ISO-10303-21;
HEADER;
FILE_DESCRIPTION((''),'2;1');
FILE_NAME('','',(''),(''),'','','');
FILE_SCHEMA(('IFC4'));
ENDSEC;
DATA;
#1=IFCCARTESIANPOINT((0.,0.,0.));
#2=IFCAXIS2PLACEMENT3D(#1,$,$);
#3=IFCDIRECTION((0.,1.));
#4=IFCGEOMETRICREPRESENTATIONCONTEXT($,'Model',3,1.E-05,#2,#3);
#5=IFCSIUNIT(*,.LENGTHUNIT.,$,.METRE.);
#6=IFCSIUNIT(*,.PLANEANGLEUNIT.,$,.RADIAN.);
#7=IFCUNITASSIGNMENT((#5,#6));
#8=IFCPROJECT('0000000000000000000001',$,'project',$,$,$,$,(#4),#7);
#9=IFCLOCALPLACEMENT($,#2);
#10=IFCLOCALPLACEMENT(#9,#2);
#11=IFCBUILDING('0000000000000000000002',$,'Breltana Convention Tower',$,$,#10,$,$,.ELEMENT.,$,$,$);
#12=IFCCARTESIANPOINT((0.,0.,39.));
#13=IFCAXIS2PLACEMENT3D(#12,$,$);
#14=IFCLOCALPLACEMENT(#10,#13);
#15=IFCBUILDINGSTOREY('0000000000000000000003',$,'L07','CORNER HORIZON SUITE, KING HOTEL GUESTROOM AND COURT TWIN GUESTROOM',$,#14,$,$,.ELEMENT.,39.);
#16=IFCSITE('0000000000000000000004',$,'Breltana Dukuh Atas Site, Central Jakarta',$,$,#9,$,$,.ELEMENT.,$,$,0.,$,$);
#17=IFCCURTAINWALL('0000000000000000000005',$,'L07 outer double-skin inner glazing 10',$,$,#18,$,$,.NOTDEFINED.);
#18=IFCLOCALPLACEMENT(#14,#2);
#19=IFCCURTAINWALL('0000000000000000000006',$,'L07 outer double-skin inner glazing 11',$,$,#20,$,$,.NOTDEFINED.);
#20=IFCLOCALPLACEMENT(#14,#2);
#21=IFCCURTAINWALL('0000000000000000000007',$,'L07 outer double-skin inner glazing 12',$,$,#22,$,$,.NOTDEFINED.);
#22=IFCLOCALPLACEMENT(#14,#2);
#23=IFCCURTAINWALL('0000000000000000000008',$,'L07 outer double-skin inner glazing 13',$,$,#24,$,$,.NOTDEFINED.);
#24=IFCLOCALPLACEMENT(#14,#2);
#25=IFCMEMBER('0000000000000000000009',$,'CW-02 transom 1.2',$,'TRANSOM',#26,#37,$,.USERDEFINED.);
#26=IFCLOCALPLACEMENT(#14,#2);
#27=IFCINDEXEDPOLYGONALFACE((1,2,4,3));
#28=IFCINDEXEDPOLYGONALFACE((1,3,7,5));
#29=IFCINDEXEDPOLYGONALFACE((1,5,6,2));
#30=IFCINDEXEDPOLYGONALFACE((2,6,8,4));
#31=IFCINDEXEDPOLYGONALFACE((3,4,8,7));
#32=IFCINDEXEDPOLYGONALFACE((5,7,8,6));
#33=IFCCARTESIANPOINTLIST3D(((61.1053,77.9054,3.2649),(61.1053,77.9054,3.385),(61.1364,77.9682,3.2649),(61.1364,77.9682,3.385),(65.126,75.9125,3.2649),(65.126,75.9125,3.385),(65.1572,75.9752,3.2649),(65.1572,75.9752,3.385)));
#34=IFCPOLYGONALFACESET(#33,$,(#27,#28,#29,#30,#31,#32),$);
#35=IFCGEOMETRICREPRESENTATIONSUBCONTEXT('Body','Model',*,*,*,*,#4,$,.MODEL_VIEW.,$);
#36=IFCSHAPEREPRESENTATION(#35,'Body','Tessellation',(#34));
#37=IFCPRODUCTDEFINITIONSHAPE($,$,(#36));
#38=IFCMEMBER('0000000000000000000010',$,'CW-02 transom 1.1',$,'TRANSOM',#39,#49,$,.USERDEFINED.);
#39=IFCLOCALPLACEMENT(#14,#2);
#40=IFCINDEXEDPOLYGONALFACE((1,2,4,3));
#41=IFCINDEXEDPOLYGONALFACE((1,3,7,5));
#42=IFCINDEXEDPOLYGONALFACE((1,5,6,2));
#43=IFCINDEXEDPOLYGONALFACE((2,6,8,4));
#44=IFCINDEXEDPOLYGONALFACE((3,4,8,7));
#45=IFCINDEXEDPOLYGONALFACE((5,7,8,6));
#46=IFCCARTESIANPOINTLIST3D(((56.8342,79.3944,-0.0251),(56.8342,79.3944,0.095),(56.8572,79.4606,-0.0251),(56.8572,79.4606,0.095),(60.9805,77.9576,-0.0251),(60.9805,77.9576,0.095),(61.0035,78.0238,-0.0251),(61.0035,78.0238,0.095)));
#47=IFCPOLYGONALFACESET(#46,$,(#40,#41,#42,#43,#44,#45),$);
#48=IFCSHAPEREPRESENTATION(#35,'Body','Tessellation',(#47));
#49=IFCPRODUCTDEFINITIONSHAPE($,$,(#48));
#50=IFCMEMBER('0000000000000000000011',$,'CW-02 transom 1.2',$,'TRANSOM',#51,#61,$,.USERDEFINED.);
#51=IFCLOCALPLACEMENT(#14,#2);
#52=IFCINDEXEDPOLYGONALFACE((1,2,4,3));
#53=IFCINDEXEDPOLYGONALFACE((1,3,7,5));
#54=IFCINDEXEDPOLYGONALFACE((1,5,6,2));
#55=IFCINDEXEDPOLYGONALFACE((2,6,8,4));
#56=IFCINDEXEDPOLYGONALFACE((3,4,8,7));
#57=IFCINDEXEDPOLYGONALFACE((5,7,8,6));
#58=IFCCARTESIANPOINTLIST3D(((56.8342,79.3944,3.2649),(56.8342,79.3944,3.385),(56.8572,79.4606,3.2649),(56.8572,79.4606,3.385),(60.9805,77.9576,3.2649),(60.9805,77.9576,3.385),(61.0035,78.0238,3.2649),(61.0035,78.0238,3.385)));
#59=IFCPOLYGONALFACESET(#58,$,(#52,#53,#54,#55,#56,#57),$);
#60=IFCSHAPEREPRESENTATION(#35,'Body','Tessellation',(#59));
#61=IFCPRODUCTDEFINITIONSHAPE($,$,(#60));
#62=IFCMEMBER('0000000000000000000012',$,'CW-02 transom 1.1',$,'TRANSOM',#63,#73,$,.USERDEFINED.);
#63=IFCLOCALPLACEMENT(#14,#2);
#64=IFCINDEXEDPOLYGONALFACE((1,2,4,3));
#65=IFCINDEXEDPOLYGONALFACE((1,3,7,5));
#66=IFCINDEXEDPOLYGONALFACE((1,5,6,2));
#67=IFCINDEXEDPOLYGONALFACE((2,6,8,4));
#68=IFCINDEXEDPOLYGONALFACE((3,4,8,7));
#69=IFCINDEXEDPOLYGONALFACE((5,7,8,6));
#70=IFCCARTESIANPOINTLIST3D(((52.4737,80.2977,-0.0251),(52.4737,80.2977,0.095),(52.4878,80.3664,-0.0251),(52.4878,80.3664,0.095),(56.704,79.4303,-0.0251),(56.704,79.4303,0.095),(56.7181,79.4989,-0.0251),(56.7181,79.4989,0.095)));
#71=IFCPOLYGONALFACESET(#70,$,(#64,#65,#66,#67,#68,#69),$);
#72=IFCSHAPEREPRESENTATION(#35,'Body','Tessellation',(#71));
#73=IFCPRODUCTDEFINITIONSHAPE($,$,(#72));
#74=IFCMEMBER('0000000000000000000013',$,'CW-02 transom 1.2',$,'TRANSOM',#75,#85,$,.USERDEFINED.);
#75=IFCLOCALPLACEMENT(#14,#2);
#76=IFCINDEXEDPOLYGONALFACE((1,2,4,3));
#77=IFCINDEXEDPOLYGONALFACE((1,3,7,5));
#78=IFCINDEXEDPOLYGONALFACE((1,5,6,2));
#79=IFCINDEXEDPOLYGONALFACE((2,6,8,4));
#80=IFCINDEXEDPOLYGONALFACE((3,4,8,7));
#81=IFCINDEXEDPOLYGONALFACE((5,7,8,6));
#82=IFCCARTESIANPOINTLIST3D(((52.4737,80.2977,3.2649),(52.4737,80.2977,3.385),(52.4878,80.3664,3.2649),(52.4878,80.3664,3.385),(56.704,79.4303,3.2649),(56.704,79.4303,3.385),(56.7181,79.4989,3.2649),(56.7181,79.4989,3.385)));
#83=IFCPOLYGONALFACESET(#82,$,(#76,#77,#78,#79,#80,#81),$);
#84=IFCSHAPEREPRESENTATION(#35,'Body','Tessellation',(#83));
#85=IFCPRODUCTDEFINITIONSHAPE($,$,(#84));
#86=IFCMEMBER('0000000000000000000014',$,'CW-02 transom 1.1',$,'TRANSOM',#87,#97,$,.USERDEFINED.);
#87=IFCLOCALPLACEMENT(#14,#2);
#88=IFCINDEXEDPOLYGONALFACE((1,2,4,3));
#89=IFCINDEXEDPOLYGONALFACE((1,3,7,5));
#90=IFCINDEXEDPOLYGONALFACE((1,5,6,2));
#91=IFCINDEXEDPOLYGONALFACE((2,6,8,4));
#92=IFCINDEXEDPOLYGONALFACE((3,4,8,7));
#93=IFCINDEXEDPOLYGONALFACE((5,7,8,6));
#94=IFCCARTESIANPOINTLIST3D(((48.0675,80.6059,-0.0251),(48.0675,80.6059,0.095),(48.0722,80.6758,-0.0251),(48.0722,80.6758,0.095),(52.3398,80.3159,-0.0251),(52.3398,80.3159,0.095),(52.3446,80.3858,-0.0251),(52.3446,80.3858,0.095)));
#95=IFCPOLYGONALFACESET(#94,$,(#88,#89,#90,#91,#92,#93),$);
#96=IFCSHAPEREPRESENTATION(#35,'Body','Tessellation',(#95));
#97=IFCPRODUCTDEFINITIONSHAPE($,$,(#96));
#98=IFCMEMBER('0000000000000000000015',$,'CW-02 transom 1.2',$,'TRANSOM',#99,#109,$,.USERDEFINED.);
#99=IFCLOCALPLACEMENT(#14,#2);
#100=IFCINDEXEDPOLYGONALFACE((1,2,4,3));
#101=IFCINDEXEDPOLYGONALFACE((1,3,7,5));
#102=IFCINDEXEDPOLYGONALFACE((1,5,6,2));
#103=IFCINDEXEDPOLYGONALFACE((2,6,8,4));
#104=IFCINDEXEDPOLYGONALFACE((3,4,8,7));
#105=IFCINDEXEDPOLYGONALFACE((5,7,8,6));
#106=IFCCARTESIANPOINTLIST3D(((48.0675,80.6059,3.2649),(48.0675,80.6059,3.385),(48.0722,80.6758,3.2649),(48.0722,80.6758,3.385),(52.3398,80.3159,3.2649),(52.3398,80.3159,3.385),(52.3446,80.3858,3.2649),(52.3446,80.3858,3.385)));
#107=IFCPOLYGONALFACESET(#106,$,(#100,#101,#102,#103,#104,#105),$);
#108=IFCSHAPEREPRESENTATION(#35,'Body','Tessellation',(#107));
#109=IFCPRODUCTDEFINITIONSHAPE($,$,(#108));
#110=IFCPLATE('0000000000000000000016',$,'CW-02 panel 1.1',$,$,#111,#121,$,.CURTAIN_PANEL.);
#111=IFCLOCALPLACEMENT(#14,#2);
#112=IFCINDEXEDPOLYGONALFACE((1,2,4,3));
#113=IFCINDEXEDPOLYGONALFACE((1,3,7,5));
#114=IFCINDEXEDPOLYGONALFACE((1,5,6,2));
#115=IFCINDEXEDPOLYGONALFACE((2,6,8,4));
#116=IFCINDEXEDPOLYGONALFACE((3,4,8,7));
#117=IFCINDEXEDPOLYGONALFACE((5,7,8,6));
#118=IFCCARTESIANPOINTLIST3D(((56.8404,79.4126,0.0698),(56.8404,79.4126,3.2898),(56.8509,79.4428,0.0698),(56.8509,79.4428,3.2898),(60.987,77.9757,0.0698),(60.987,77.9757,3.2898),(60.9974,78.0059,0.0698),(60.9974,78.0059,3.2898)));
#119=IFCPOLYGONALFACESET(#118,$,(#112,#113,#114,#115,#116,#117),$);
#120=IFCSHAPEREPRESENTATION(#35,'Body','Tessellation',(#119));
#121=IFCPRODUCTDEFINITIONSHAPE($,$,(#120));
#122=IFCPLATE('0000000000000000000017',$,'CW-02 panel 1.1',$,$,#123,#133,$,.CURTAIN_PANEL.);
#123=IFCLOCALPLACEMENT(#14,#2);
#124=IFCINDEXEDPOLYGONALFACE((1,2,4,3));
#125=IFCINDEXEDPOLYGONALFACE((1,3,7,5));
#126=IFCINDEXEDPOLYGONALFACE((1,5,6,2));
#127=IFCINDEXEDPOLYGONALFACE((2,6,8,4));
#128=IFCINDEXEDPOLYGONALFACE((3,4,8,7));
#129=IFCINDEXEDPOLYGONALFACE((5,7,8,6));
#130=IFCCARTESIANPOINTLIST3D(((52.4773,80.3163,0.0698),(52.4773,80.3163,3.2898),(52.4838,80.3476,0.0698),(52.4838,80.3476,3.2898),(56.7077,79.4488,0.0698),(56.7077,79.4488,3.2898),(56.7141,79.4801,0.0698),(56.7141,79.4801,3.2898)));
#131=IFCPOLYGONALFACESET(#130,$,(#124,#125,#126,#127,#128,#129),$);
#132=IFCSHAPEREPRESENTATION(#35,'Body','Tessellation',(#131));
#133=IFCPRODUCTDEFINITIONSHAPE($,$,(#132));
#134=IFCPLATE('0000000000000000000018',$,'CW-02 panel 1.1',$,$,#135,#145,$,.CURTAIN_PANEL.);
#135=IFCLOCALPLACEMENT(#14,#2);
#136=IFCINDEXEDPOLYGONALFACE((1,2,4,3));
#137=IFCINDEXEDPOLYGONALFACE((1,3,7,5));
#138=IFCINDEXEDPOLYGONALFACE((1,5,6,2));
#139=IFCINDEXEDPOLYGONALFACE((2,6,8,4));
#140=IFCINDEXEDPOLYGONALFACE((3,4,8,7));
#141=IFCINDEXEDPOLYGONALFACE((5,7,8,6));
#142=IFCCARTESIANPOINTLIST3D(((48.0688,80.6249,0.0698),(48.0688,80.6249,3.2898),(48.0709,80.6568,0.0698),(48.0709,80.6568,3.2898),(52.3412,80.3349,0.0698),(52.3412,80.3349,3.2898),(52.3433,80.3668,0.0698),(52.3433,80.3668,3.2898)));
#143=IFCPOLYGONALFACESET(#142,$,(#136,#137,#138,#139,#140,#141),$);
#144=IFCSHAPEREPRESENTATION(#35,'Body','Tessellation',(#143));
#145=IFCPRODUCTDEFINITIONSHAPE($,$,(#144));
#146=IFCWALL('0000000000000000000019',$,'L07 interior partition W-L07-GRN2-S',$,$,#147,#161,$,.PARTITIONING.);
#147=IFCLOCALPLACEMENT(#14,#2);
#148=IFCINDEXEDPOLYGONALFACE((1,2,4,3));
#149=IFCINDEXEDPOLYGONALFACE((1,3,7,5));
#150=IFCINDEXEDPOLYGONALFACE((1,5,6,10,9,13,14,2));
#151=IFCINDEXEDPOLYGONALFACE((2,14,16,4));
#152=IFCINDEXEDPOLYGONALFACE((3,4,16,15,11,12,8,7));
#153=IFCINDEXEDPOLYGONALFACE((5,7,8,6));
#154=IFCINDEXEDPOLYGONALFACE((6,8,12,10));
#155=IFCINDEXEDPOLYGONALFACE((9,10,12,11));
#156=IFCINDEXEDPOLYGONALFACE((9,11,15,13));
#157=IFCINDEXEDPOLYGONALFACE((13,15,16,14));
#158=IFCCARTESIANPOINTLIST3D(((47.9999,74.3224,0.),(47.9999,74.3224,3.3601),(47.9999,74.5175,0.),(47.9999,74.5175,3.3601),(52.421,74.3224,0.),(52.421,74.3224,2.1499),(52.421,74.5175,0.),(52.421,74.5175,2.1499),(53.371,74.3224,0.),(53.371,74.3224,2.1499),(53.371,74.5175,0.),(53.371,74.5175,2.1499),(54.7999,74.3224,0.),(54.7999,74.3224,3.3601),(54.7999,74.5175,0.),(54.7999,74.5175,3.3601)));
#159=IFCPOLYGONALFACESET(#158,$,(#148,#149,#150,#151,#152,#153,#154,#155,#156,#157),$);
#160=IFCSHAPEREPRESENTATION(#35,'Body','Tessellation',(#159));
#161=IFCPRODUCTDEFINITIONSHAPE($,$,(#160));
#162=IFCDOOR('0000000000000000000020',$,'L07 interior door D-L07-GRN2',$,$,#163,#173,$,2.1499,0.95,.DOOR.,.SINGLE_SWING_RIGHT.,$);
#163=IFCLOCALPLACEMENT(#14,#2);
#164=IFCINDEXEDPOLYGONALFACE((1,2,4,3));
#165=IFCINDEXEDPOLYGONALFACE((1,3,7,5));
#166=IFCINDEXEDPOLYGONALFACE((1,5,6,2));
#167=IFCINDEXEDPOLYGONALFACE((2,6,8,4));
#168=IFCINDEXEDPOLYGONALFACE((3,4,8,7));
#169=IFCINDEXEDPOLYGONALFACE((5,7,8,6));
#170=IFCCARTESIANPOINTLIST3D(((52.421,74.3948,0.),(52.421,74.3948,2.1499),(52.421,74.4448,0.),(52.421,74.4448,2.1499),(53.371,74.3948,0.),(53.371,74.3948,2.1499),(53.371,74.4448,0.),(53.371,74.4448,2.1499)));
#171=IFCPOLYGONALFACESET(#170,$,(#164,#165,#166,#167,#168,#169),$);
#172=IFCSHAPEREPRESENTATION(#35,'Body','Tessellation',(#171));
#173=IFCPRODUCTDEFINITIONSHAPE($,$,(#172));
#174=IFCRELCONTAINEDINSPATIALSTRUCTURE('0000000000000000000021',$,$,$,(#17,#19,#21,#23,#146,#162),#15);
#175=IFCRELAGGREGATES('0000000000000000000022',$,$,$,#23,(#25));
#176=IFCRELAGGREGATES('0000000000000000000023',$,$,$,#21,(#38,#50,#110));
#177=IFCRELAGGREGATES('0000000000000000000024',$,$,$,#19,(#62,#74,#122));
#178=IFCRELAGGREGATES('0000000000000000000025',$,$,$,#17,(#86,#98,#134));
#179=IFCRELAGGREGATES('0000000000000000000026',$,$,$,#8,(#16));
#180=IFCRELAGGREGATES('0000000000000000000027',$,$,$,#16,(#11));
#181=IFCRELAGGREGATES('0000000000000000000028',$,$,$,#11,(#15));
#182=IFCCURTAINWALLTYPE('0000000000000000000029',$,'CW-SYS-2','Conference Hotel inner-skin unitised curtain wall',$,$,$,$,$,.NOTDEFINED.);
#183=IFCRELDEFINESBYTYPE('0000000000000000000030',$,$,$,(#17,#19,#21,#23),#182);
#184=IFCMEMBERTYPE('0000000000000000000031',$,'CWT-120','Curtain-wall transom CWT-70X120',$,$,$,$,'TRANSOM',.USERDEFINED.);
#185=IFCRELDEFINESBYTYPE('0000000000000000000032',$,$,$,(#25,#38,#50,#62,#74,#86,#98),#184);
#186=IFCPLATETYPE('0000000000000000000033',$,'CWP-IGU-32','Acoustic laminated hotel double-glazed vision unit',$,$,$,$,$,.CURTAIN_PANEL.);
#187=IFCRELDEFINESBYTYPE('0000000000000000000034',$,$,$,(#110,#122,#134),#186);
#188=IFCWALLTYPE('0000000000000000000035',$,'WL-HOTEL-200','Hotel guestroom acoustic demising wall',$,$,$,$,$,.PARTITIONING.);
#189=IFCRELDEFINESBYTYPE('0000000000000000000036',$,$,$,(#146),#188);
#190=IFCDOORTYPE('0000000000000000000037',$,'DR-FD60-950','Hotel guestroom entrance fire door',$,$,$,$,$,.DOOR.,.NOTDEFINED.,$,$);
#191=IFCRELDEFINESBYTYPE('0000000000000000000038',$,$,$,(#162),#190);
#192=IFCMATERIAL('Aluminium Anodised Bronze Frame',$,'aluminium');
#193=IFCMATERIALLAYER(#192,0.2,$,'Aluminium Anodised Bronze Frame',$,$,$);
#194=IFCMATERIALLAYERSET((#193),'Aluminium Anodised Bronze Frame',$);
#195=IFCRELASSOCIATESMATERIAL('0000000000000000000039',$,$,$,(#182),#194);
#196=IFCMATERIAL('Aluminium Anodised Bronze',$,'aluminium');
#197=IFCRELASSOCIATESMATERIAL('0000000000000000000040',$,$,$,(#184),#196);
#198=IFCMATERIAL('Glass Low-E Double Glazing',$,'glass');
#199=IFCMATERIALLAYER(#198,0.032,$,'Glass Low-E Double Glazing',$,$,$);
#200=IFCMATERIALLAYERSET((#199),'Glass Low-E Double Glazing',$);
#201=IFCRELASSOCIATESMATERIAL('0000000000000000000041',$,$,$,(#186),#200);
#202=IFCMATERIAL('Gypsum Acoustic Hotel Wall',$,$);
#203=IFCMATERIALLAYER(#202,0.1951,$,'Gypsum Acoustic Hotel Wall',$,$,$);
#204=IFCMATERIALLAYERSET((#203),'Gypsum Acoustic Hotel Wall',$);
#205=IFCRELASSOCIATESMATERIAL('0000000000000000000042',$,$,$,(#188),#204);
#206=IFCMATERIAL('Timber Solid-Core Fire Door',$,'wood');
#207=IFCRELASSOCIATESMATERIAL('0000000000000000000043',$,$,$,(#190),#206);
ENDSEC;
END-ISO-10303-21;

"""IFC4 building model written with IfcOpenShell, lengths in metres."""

from ifc_helpers import new_model, si_unit, direction, frame, frame_2d, origin, origin_2d, place, context, subcontext, project, spatial, rectangle, extrude, source, transform, mapped, material, layer, layer_set, material_profile, profile_set, type_object, type_shapes, element, fill, aggregate, save


model = new_model("IFC4")

# Units and contexts
model_context = context("Model", 3, precision=1e-05, world=origin(), true_north=direction((0.0, 1.0)))
body_context = subcontext(model_context, "Body", "Model", "MODEL_VIEW")
ifc_project = project(units=[si_unit("LENGTHUNIT", "METRE"), si_unit("PLANEANGLEUNIT", "RADIAN")], contexts=[model_context])

# Site, building, storey
site_placement = place(None, origin())
site = spatial("IfcSite", under=ifc_project, at=site_placement, Name="Breltana Dukuh Atas Site, Central Jakarta", CompositionType="ELEMENT", RefElevation=0.0)
building_placement = place(site_placement, origin())
building = spatial("IfcBuilding", under=site, at=building_placement, Name="Breltana Convention Tower", CompositionType="ELEMENT")
storey_placement = place(building_placement, frame((0.0, 0.0, 39.0)))
storey = spatial("IfcBuildingStorey", under=building, at=storey_placement, Name="L07", Description="CORNER HORIZON SUITE, KING HOTEL GUESTROOM AND COURT TWIN GUESTROOM", CompositionType="ELEMENT", Elevation=39.0)

# Curtain walls, member
ifc_material_1 = material(Name="Aluminium Anodised Bronze Frame", Category="aluminium")
ifc_layer_1 = layer(ifc_material_1, 0.2, Name="Aluminium Anodised Bronze Frame")
ifc_layer_set_1 = layer_set([ifc_layer_1], Name="Aluminium Anodised Bronze Frame")
curtain_wall_type = type_object("IfcCurtainWallType", Name="CW-SYS-2", Description="Conference Hotel inner-skin unitised curtain wall", PredefinedType="NOTDEFINED", material=ifc_layer_set_1)
curtain_wall_1_placement = place(storey_placement, origin())
curtain_wall_1 = element("IfcCurtainWall", 1, at=curtain_wall_1_placement, inside=storey, type_object=curtain_wall_type, Name="L07 outer double-skin inner glazing 10", PredefinedType="NOTDEFINED")
ifc_material_2 = material(Name="Aluminium Anodised Bronze", Category="aluminium")
curtain_wall_2_placement = place(storey_placement, origin())
curtain_wall_2 = element("IfcCurtainWall", 2, at=curtain_wall_2_placement, inside=storey, type_object=curtain_wall_type, Name="L07 outer double-skin inner glazing 11", PredefinedType="NOTDEFINED")
curtain_wall_3_placement = place(storey_placement, origin())
curtain_wall_3 = element("IfcCurtainWall", 3, at=curtain_wall_3_placement, inside=storey, type_object=curtain_wall_type, Name="L07 outer double-skin inner glazing 12", PredefinedType="NOTDEFINED")
curtain_wall_4_placement = place(storey_placement, origin())
curtain_wall_4 = element("IfcCurtainWall", 4, at=curtain_wall_4_placement, inside=storey, type_object=curtain_wall_type, Name="L07 outer double-skin inner glazing 13", PredefinedType="NOTDEFINED")
ifc_material_profile_1 = material_profile(ifc_material_2, rectangle(XDim=0.0701, YDim=0.1201, at=origin_2d()), Name="CWT-70X120")
ifc_profile_set_1 = profile_set([ifc_material_profile_1], Name="Aluminium Anodised Bronze")
member_type_1 = type_object("IfcMemberType", Name="CWT-120", Description="Curtain-wall transom CWT-70X120", ElementType="TRANSOM", PredefinedType="USERDEFINED", material=ifc_profile_set_1)
shared_shape_1 = source(origin(), body_context, "Body", "SweptSolid", [
    extrude(rectangle(XDim=0.0701, YDim=0.1201, at=origin_2d()), origin(), (0.0, 0.0, 1.0), 4.4875),
])
member_1_placement = place(storey_placement, frame((61.1208, 77.9368, 3.325), z_axis=(0.895978, -0.444099, 0.0), x_axis=(0.444099, 0.895978, 0.0)))
member_1 = element("IfcMember", 5, at=member_1_placement, type_object=member_type_1, Name="CW-02 transom 1.2", ObjectType="TRANSOM", PredefinedType="USERDEFINED", context=body_context, shape_type="MappedRepresentation", body=[
    mapped(shared_shape_1, transform((0.0, 0.0, 0.0), scale=1.0)),
])
aggregate(curtain_wall_4, [member_1])

# Members
shared_shape_2 = source(origin(), body_context, "Body", "SweptSolid", [
    extrude(rectangle(XDim=0.0701, YDim=0.1201, at=origin_2d()), origin(), (0.0, 0.0, 1.0), 4.3882),
])
member_2_placement = place(storey_placement, frame((56.8457, 79.4275, 0.0349), z_axis=(0.944878, -0.327422, 0.0), x_axis=(0.327422, 0.944878, 0.0)))
member_2 = element("IfcMember", 6, at=member_2_placement, type_object=member_type_1, Name="CW-02 transom 1.1", ObjectType="TRANSOM", PredefinedType="USERDEFINED", context=body_context, shape_type="MappedRepresentation", body=[
    mapped(shared_shape_2, transform((0.0, 0.0, 0.0), scale=1.0)),
])
member_3_placement = place(storey_placement, frame((56.8457, 79.4275, 3.325), z_axis=(0.944878, -0.327422, 0.0), x_axis=(0.327422, 0.944878, 0.0)))
member_3 = element("IfcMember", 7, at=member_3_placement, type_object=member_type_1, Name="CW-02 transom 1.2", ObjectType="TRANSOM", PredefinedType="USERDEFINED", context=body_context, shape_type="MappedRepresentation", body=[
    mapped(shared_shape_2, transform((0.0, 0.0, 0.0), scale=1.0)),
])
shared_shape_3 = source(origin(), body_context, "Body", "SweptSolid", [
    extrude(rectangle(XDim=0.0701, YDim=0.1201, at=origin_2d()), origin(), (0.0, 0.0, 1.0), 4.3184),
])
member_4_placement = place(storey_placement, frame((52.4807, 80.332, 0.0349), z_axis=(0.979617, -0.200876, 0.0), x_axis=(0.200876, 0.979617, 0.0)))
member_4 = element("IfcMember", 8, at=member_4_placement, type_object=member_type_1, Name="CW-02 transom 1.1", ObjectType="TRANSOM", PredefinedType="USERDEFINED", context=body_context, shape_type="MappedRepresentation", body=[
    mapped(shared_shape_3, transform((0.0, 0.0, 0.0), scale=1.0)),
])
member_5_placement = place(storey_placement, frame((52.4807, 80.332, 3.325), z_axis=(0.979617, -0.200876, 0.0), x_axis=(0.200876, 0.979617, 0.0)))
member_5 = element("IfcMember", 9, at=member_5_placement, type_object=member_type_1, Name="CW-02 transom 1.2", ObjectType="TRANSOM", PredefinedType="USERDEFINED", context=body_context, shape_type="MappedRepresentation", body=[
    mapped(shared_shape_3, transform((0.0, 0.0, 0.0), scale=1.0)),
])
shared_shape_4 = source(origin(), body_context, "Body", "SweptSolid", [
    extrude(rectangle(XDim=0.0701, YDim=0.1201, at=origin_2d()), origin(), (0.0, 0.0, 1.0), 4.2822),
])
member_6_placement = place(storey_placement, frame((48.0698, 80.6409, 0.0349), z_axis=(0.997704, -0.06773, 0.0), x_axis=(0.06773, 0.997704, 0.0)))
member_6 = element("IfcMember", 10, at=member_6_placement, type_object=member_type_1, Name="CW-02 transom 1.1", ObjectType="TRANSOM", PredefinedType="USERDEFINED", context=body_context, shape_type="MappedRepresentation", body=[
    mapped(shared_shape_4, transform((0.0, 0.0, 0.0), scale=1.0)),
])
member_7_placement = place(storey_placement, frame((48.0698, 80.6409, 3.325), z_axis=(0.997704, -0.06773, 0.0), x_axis=(0.06773, 0.997704, 0.0)))
member_7 = element("IfcMember", 11, at=member_7_placement, type_object=member_type_1, Name="CW-02 transom 1.2", ObjectType="TRANSOM", PredefinedType="USERDEFINED", context=body_context, shape_type="MappedRepresentation", body=[
    mapped(shared_shape_4, transform((0.0, 0.0, 0.0), scale=1.0)),
])

# Plates
ifc_material_3 = material(Name="Glass Low-E Double Glazing", Category="glass")
ifc_layer_2 = layer(ifc_material_3, 0.032, Name="Glass Low-E Double Glazing")
ifc_layer_set_2 = layer_set([ifc_layer_2], Name="Glass Low-E Double Glazing")
plate_type = type_object("IfcPlateType", Name="CWP-IGU-32", Description="Acoustic laminated hotel double-glazed vision unit", PredefinedType="CURTAIN_PANEL", material=ifc_layer_set_2)
shared_shape_5 = source(origin(), body_context, "Body", "SweptSolid", [
    extrude(rectangle(XDim=4.3884, YDim=0.032, at=origin_2d()), origin(), (0.0, 0.0, 1.0), 3.22),
])
plate_1_placement = place(storey_placement, frame((58.9189, 78.7092, 0.0698), z_axis=(0.0, 0.0, 1.0), x_axis=(0.944876, -0.327428, 0.0)))
plate_1 = element("IfcPlate", 12, at=plate_1_placement, type_object=plate_type, Name="CW-02 panel 1.1", PredefinedType="CURTAIN_PANEL", context=body_context, shape_type="MappedRepresentation", body=[
    mapped(shared_shape_5, transform((0.0, 0.0, 0.0), scale=1.0)),
])
aggregate(curtain_wall_3, [member_2, member_3, plate_1])
shared_shape_6 = source(origin(), body_context, "Body", "SweptSolid", [
    extrude(rectangle(XDim=4.3184, YDim=0.032, at=origin_2d()), origin(), (0.0, 0.0, 1.0), 3.22),
])
plate_2_placement = place(storey_placement, frame((54.5957, 79.8982, 0.0698), z_axis=(0.0, 0.0, 1.0), x_axis=(0.979615, -0.200885, 0.0)))
plate_2 = element("IfcPlate", 13, at=plate_2_placement, type_object=plate_type, Name="CW-02 panel 1.1", PredefinedType="CURTAIN_PANEL", context=body_context, shape_type="MappedRepresentation", body=[
    mapped(shared_shape_6, transform((0.0, 0.0, 0.0), scale=1.0)),
])
aggregate(curtain_wall_2, [member_4, member_5, plate_2])
shared_shape_7 = source(origin(), body_context, "Body", "SweptSolid", [
    extrude(rectangle(XDim=4.2822, YDim=0.032, at=origin_2d()), origin(), (0.0, 0.0, 1.0), 3.22),
])
plate_3_placement = place(storey_placement, frame((50.2061, 80.4958, 0.0698), z_axis=(0.0, 0.0, 1.0), x_axis=(0.997704, -0.067726, 0.0)))
plate_3 = element("IfcPlate", 14, at=plate_3_placement, type_object=plate_type, Name="CW-02 panel 1.1", PredefinedType="CURTAIN_PANEL", context=body_context, shape_type="MappedRepresentation", body=[
    mapped(shared_shape_7, transform((0.0, 0.0, 0.0), scale=1.0)),
])
aggregate(curtain_wall_1, [member_6, member_7, plate_3])

# Wall, opening, door
ifc_material_4 = material(Name="Gypsum Acoustic Hotel Wall")
ifc_layer_3 = layer(ifc_material_4, 0.1951, Name="Gypsum Acoustic Hotel Wall")
ifc_layer_set_3 = layer_set([ifc_layer_3], Name="Gypsum Acoustic Hotel Wall")
wall_type_1 = type_object("IfcWallType", Name="WL-HOTEL-200", Description="Hotel guestroom acoustic demising wall", PredefinedType="PARTITIONING", material=ifc_layer_set_3)
shared_shape_8 = source(origin(), body_context, "Body", "SweptSolid", [
    extrude(rectangle(XDim=6.8, YDim=0.1951, at=frame_2d((3.3999, 0.0))), origin(), (0.0, 0.0, 1.0), 3.3601),
])
type_shapes(wall_type_1, [shared_shape_8])
wall_1_placement = place(storey_placement, frame((48.0, 74.4199, 0.0), z_axis=(0.0, 0.0, 1.0), x_axis=(1.0, 0.0, 0.0)))
wall_1 = element("IfcWall", 15, at=wall_1_placement, inside=storey, type_object=wall_type_1, Name="L07 interior partition W-L07-GRN2-S", PredefinedType="PARTITIONING", context=body_context, shape_type="MappedRepresentation", body=[
    mapped(shared_shape_8, transform((0.0, 0.0, 0.0), scale=1.0)),
])
opening_1_placement = place(wall_1_placement, frame((4.4209, 0.0, 0.0)))
opening_1 = element("IfcOpeningElement", 16, at=opening_1_placement, cuts=wall_1, PredefinedType="OPENING", context=body_context, shape_type="SweptSolid", body=[
    extrude(rectangle(XDim=0.95, YDim=2.1499, at=frame_2d((0.4751, 1.075))), frame((0.0, 0.1074, 0.0), z_axis=(0.0, -1.0, 0.0), x_axis=(1.0, 0.0, 0.0)), (0.0, 0.0, 1.0), 0.2151),
])
ifc_material_5 = material(Name="Timber Solid-Core Fire Door", Category="wood")
door_type_1 = type_object("IfcDoorType", Name="DR-FD60-950", Description="Hotel guestroom entrance fire door", OperationType="NOTDEFINED", PredefinedType="DOOR", material=ifc_material_5)
shared_shape_9 = source(origin(), body_context, "Body", "SweptSolid", [
    extrude(rectangle(XDim=0.95, YDim=2.1499, at=frame_2d((0.4751, 1.075))), frame((0.0, 0.0249, 0.0), z_axis=(0.0, -1.0, 0.0), x_axis=(1.0, 0.0, 0.0)), (0.0, 0.0, 1.0), 0.05),
])
type_shapes(door_type_1, [shared_shape_9])
door_1_placement = place(opening_1_placement, origin())
door_1 = element("IfcDoor", 17, at=door_1_placement, inside=storey, type_object=door_type_1, Name="L07 interior door D-L07-GRN2", OperationType="SINGLE_SWING_RIGHT", OverallHeight=2.1499, OverallWidth=0.95, PredefinedType="DOOR", context=body_context, shape_type="MappedRepresentation", body=[
    mapped(shared_shape_9, transform((0.0, 0.0, 0.0), scale=1.0)),
])
fill(opening_1, door_1)

save(model, "model.ifc")
